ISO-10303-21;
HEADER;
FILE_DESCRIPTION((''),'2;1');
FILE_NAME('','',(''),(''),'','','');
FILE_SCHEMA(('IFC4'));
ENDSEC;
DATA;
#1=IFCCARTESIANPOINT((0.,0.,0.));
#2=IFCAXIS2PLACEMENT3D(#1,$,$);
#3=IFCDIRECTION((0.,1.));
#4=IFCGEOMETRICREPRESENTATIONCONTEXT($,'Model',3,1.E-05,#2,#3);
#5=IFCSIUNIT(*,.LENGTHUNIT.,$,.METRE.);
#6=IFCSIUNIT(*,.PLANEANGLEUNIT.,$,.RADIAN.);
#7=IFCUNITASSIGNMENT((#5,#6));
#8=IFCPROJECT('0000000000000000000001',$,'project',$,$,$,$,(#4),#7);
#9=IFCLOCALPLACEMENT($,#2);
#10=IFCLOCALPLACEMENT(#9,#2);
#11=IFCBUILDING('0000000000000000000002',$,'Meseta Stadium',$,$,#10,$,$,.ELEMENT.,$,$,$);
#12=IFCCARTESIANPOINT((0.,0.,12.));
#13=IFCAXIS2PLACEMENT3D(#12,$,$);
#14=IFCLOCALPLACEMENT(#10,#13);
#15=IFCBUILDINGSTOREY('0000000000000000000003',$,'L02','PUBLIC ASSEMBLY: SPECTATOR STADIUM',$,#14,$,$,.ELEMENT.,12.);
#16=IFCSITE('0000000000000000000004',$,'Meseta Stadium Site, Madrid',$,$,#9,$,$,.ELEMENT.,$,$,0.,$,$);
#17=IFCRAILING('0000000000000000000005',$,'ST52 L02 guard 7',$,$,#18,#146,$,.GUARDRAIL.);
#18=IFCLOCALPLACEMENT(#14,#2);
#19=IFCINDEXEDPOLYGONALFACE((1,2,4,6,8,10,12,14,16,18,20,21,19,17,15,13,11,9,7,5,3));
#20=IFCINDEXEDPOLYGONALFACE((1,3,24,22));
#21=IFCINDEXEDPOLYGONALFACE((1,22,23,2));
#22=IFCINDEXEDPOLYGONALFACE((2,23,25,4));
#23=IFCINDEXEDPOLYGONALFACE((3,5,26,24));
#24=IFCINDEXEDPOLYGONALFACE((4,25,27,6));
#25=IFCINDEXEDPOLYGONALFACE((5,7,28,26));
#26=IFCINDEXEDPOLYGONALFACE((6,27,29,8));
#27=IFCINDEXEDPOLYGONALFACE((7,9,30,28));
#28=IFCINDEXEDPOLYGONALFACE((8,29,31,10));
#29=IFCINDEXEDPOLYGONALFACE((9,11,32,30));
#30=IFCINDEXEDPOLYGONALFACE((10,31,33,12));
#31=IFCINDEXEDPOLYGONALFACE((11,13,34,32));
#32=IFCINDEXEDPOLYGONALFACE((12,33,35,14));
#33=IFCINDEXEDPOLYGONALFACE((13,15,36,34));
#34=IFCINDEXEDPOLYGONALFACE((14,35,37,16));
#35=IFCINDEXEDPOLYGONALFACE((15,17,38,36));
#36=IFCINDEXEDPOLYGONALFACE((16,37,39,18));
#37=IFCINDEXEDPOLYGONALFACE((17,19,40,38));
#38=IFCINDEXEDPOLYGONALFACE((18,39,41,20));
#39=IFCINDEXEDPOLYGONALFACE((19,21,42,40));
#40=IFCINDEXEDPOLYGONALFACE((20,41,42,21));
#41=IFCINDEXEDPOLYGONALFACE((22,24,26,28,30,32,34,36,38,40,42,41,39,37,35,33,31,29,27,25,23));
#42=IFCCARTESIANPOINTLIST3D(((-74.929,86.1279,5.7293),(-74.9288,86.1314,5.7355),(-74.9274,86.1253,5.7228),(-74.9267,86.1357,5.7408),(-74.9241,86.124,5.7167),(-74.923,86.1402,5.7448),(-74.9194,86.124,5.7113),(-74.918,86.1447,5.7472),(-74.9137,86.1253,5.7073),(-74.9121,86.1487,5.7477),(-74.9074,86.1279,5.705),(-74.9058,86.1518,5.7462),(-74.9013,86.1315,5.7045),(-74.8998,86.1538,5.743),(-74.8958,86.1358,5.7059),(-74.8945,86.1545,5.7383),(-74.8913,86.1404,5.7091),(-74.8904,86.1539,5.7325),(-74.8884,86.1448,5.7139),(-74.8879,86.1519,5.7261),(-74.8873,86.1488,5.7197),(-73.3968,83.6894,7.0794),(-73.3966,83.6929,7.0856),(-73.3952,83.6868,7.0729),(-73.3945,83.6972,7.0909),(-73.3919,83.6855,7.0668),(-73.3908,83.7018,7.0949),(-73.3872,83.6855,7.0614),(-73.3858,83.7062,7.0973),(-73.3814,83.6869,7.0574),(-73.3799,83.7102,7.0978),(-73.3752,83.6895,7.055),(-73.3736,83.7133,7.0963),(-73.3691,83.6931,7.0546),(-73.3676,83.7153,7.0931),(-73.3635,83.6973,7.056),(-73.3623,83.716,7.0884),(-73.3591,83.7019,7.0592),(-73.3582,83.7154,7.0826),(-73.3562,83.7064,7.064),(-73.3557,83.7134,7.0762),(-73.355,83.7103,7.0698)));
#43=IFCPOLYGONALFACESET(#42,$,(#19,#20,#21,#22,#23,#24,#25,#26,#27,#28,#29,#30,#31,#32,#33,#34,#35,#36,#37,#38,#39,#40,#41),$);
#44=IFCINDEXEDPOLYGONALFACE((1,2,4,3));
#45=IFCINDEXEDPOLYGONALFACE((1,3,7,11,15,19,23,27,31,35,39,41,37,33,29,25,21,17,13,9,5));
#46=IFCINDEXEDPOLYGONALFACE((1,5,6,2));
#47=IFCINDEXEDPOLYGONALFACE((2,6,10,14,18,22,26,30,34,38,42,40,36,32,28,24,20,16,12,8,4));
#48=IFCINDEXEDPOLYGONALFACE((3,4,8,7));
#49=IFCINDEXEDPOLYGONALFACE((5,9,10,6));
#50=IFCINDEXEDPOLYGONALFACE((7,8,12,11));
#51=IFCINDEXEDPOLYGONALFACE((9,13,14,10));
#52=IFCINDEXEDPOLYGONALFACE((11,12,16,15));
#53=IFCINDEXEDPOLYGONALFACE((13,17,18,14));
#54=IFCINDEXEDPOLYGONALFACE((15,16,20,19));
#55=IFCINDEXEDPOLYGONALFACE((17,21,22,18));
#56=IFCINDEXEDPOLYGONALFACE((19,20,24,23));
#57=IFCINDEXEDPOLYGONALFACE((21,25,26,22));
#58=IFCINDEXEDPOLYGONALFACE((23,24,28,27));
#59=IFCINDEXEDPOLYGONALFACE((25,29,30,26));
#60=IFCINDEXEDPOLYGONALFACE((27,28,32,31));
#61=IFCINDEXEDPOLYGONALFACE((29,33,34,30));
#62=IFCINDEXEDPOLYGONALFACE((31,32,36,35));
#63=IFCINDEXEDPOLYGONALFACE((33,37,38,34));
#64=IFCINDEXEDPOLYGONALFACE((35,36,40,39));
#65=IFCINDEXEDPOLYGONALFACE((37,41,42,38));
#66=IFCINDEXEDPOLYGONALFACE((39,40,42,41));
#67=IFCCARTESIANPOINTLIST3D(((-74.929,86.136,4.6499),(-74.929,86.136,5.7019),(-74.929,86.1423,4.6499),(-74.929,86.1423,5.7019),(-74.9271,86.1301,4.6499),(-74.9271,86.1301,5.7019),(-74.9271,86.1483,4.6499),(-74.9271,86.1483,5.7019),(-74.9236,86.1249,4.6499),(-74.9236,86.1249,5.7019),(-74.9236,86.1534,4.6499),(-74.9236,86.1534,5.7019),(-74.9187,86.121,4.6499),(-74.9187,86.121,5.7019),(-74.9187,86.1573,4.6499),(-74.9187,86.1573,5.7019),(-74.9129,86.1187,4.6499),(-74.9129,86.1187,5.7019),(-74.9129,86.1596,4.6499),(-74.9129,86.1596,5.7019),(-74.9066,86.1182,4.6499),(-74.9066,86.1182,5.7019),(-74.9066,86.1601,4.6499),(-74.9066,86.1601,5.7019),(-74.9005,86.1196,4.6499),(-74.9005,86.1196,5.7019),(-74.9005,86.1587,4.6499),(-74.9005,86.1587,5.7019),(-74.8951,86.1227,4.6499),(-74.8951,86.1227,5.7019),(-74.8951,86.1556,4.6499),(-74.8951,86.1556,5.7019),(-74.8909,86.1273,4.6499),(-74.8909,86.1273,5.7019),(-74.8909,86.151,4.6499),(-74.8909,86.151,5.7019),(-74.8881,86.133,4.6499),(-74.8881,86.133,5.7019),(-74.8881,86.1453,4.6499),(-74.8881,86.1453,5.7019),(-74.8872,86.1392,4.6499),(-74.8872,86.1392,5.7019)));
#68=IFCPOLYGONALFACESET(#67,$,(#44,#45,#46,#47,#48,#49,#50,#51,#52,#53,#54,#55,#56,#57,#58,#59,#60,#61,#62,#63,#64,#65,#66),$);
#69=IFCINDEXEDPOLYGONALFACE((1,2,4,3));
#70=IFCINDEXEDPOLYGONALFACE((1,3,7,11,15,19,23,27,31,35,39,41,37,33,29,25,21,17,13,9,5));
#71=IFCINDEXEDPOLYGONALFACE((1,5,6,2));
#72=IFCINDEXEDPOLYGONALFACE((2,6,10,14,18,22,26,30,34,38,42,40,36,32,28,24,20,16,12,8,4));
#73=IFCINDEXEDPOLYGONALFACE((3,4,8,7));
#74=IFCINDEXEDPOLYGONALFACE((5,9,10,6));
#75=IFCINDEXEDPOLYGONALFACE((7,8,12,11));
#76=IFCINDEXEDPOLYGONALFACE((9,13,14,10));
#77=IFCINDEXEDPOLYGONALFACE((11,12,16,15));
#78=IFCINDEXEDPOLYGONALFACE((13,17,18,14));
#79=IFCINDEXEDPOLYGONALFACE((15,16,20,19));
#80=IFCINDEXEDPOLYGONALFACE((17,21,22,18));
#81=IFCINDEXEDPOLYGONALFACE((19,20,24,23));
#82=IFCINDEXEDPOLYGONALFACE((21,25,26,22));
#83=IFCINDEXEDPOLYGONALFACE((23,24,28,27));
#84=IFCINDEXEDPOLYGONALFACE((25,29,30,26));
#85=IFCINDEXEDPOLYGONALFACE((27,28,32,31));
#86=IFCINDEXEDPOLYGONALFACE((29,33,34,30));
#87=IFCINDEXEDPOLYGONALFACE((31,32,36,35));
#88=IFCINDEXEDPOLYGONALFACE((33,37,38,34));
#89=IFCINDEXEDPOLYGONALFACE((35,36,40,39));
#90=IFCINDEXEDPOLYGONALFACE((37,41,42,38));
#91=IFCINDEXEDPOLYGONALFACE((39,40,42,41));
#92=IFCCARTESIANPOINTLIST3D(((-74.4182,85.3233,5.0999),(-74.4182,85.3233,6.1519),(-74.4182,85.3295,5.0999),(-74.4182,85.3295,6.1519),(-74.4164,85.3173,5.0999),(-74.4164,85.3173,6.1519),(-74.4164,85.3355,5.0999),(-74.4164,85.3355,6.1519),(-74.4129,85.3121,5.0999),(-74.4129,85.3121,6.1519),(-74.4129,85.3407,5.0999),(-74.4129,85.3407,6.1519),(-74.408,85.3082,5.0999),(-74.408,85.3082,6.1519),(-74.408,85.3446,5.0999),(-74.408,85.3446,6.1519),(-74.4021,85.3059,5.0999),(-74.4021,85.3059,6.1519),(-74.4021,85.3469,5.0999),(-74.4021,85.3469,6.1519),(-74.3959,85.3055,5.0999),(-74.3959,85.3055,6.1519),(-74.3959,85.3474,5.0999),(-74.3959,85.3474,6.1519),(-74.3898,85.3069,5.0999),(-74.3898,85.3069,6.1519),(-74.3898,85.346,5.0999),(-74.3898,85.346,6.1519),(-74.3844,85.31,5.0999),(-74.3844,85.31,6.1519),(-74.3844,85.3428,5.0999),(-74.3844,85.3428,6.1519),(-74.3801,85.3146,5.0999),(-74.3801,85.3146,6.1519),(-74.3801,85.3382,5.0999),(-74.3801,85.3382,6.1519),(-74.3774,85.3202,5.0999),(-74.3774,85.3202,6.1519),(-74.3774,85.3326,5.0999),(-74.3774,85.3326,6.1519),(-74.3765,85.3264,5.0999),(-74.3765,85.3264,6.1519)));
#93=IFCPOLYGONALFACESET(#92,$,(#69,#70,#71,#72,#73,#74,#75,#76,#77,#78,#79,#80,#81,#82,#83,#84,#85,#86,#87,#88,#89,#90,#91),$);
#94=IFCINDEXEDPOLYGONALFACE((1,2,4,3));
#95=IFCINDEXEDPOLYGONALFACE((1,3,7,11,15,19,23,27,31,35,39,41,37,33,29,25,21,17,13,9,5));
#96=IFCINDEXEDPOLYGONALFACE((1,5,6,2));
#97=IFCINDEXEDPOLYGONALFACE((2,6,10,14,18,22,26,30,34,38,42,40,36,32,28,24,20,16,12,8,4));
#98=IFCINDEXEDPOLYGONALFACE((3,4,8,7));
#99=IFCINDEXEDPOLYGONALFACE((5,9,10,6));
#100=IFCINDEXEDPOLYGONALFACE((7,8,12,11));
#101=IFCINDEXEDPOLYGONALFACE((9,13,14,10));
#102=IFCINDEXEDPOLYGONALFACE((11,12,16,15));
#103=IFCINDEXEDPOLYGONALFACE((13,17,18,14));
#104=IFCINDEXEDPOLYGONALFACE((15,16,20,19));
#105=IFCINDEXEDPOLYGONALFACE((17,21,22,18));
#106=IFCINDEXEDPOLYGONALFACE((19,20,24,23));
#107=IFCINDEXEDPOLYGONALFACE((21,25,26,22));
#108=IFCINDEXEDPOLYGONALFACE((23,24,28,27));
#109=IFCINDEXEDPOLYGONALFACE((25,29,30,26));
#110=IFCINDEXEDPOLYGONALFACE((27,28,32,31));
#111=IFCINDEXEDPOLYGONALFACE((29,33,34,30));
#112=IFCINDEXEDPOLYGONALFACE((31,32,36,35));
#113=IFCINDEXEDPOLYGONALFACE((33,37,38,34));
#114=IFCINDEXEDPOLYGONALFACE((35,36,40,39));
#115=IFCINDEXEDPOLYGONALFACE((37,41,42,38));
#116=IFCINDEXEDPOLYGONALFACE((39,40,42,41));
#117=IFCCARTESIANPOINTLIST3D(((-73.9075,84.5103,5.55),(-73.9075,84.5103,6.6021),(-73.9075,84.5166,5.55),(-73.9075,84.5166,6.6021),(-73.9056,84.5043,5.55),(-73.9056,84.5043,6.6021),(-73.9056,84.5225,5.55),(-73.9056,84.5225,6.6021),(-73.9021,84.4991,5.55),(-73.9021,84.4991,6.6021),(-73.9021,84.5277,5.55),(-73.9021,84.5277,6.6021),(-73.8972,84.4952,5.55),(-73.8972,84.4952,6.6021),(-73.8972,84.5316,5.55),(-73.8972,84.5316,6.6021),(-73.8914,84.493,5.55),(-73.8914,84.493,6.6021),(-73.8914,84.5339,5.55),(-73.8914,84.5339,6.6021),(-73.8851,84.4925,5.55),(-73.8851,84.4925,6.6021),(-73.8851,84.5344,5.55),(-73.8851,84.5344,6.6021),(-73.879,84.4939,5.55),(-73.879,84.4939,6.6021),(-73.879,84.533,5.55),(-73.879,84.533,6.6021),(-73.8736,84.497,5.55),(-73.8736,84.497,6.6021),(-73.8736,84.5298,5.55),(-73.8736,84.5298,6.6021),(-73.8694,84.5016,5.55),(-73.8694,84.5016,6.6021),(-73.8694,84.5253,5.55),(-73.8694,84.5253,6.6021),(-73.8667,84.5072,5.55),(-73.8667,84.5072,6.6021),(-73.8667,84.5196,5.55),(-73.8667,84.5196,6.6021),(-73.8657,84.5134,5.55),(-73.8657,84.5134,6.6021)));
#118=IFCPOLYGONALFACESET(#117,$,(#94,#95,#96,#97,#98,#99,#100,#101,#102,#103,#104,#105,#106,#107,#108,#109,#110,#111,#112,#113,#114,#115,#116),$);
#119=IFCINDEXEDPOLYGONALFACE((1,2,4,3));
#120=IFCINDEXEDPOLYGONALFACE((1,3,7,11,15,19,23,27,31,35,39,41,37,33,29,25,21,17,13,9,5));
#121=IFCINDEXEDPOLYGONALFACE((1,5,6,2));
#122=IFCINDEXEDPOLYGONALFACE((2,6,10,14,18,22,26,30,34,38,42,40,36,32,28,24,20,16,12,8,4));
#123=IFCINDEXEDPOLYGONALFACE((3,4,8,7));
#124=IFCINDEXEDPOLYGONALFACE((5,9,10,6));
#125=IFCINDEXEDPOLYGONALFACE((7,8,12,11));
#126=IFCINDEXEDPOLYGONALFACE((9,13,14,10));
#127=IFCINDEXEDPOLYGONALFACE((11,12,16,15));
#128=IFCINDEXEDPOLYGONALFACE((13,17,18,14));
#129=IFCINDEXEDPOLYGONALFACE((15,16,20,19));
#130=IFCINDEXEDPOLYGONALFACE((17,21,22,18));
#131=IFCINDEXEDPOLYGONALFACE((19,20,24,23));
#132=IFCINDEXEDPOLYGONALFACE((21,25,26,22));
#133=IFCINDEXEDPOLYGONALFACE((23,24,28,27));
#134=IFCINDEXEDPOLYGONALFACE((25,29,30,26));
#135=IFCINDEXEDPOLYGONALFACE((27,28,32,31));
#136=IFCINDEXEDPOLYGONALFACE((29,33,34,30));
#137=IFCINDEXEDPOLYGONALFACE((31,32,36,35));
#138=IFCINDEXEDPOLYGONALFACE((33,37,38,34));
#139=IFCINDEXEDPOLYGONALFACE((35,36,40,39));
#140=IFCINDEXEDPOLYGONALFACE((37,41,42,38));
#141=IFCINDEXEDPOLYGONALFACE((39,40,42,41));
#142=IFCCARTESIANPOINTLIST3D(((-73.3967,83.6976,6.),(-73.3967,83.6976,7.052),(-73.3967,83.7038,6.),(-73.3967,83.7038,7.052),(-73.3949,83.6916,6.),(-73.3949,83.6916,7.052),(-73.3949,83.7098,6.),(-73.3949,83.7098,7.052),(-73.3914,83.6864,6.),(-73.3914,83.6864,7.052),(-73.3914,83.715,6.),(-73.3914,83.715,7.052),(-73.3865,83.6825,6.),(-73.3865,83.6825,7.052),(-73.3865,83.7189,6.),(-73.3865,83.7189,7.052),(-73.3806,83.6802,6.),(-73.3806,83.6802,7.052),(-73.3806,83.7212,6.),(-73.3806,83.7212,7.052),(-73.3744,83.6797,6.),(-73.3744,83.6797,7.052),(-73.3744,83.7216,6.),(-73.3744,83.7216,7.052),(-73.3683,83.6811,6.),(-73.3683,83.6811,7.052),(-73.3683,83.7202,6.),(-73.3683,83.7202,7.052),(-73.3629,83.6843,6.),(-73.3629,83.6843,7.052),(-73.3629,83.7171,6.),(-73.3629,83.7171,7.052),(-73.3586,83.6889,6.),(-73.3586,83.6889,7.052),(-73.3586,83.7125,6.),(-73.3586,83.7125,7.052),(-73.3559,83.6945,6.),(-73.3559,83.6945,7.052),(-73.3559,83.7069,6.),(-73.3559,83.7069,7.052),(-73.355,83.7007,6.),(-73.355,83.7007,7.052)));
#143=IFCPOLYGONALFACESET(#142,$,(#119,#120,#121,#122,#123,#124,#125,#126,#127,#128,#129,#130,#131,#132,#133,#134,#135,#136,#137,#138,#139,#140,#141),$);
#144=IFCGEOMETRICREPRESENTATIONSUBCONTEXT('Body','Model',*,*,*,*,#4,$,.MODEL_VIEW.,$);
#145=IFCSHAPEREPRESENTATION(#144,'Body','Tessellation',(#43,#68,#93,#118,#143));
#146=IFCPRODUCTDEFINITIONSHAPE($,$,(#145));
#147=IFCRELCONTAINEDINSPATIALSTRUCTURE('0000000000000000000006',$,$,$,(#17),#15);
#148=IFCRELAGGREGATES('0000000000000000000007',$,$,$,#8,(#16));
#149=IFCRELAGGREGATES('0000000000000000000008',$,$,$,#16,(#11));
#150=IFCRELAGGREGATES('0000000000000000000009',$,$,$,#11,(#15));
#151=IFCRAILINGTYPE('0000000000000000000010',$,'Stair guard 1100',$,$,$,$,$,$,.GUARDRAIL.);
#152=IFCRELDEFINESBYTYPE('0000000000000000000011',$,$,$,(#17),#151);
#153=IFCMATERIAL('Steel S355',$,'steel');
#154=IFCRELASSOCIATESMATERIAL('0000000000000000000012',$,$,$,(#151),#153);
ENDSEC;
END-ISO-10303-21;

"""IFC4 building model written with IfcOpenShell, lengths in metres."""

from ifc_helpers import new_model, si_unit, direction, frame, origin, origin_2d, place, context, subcontext, project, spatial, circle, extrude, material, type_object, element, save


model = new_model("IFC4")

# Units and contexts
model_context = context("Model", 3, precision=1e-05, world=origin(), true_north=direction((0.0, 1.0)))
body_context = subcontext(model_context, "Body", "Model", "MODEL_VIEW")
ifc_project = project(units=[si_unit("LENGTHUNIT", "METRE"), si_unit("PLANEANGLEUNIT", "RADIAN")], contexts=[model_context])

# Site, building, storey
site_placement = place(None, origin())
site = spatial("IfcSite", under=ifc_project, at=site_placement, Name="Meseta Stadium Site, Madrid", CompositionType="ELEMENT", RefElevation=0.0)
building_placement = place(site_placement, origin())
building = spatial("IfcBuilding", under=site, at=building_placement, Name="Meseta Stadium", CompositionType="ELEMENT")
storey_placement = place(building_placement, frame((0.0, 0.0, 12.0)))
storey = spatial("IfcBuildingStorey", under=building, at=storey_placement, Name="L02", Description="PUBLIC ASSEMBLY: SPECTATOR STADIUM", CompositionType="ELEMENT", Elevation=12.0)

# Railing
ifc_material_1 = material(Name="Steel S355", Category="steel")
railing_type_1 = type_object("IfcRailingType", Name="Stair guard 1100", PredefinedType="GUARDRAIL", material=ifc_material_1)
railing_1_placement = place(storey_placement, frame((-74.9082, 86.1392, 4.6499)))
element("IfcRailing", 1, at=railing_1_placement, inside=storey, type_object=railing_type_1, Name="ST52 L02 guard 7", PredefinedType="GUARDRAIL", context=body_context, shape_type="SweptSolid", body=[
    extrude(circle(Radius=0.0239, at=origin_2d()), frame((0.0, 0.0, 1.0762), z_axis=(0.481731, -0.766655, 0.42447), x_axis=(0.846719, 0.53204, 0.0)), (0.0, 0.0, 1.0), 3.1807),
    extrude(circle(Radius=0.021, at=origin_2d()), origin(), (0.0, 0.0, 1.0), 1.052),
    extrude(circle(Radius=0.021, at=origin_2d()), frame((0.5107, -0.8127, 0.45)), (0.0, 0.0, 1.0), 1.052),
    extrude(circle(Radius=0.021, at=origin_2d()), frame((1.0215, -1.6257, 0.9001)), (0.0, 0.0, 1.0), 1.052),
    extrude(circle(Radius=0.021, at=origin_2d()), frame((1.5322, -2.4385, 1.3501)), (0.0, 0.0, 1.0), 1.052),
])

save(model, "model.ifc")
